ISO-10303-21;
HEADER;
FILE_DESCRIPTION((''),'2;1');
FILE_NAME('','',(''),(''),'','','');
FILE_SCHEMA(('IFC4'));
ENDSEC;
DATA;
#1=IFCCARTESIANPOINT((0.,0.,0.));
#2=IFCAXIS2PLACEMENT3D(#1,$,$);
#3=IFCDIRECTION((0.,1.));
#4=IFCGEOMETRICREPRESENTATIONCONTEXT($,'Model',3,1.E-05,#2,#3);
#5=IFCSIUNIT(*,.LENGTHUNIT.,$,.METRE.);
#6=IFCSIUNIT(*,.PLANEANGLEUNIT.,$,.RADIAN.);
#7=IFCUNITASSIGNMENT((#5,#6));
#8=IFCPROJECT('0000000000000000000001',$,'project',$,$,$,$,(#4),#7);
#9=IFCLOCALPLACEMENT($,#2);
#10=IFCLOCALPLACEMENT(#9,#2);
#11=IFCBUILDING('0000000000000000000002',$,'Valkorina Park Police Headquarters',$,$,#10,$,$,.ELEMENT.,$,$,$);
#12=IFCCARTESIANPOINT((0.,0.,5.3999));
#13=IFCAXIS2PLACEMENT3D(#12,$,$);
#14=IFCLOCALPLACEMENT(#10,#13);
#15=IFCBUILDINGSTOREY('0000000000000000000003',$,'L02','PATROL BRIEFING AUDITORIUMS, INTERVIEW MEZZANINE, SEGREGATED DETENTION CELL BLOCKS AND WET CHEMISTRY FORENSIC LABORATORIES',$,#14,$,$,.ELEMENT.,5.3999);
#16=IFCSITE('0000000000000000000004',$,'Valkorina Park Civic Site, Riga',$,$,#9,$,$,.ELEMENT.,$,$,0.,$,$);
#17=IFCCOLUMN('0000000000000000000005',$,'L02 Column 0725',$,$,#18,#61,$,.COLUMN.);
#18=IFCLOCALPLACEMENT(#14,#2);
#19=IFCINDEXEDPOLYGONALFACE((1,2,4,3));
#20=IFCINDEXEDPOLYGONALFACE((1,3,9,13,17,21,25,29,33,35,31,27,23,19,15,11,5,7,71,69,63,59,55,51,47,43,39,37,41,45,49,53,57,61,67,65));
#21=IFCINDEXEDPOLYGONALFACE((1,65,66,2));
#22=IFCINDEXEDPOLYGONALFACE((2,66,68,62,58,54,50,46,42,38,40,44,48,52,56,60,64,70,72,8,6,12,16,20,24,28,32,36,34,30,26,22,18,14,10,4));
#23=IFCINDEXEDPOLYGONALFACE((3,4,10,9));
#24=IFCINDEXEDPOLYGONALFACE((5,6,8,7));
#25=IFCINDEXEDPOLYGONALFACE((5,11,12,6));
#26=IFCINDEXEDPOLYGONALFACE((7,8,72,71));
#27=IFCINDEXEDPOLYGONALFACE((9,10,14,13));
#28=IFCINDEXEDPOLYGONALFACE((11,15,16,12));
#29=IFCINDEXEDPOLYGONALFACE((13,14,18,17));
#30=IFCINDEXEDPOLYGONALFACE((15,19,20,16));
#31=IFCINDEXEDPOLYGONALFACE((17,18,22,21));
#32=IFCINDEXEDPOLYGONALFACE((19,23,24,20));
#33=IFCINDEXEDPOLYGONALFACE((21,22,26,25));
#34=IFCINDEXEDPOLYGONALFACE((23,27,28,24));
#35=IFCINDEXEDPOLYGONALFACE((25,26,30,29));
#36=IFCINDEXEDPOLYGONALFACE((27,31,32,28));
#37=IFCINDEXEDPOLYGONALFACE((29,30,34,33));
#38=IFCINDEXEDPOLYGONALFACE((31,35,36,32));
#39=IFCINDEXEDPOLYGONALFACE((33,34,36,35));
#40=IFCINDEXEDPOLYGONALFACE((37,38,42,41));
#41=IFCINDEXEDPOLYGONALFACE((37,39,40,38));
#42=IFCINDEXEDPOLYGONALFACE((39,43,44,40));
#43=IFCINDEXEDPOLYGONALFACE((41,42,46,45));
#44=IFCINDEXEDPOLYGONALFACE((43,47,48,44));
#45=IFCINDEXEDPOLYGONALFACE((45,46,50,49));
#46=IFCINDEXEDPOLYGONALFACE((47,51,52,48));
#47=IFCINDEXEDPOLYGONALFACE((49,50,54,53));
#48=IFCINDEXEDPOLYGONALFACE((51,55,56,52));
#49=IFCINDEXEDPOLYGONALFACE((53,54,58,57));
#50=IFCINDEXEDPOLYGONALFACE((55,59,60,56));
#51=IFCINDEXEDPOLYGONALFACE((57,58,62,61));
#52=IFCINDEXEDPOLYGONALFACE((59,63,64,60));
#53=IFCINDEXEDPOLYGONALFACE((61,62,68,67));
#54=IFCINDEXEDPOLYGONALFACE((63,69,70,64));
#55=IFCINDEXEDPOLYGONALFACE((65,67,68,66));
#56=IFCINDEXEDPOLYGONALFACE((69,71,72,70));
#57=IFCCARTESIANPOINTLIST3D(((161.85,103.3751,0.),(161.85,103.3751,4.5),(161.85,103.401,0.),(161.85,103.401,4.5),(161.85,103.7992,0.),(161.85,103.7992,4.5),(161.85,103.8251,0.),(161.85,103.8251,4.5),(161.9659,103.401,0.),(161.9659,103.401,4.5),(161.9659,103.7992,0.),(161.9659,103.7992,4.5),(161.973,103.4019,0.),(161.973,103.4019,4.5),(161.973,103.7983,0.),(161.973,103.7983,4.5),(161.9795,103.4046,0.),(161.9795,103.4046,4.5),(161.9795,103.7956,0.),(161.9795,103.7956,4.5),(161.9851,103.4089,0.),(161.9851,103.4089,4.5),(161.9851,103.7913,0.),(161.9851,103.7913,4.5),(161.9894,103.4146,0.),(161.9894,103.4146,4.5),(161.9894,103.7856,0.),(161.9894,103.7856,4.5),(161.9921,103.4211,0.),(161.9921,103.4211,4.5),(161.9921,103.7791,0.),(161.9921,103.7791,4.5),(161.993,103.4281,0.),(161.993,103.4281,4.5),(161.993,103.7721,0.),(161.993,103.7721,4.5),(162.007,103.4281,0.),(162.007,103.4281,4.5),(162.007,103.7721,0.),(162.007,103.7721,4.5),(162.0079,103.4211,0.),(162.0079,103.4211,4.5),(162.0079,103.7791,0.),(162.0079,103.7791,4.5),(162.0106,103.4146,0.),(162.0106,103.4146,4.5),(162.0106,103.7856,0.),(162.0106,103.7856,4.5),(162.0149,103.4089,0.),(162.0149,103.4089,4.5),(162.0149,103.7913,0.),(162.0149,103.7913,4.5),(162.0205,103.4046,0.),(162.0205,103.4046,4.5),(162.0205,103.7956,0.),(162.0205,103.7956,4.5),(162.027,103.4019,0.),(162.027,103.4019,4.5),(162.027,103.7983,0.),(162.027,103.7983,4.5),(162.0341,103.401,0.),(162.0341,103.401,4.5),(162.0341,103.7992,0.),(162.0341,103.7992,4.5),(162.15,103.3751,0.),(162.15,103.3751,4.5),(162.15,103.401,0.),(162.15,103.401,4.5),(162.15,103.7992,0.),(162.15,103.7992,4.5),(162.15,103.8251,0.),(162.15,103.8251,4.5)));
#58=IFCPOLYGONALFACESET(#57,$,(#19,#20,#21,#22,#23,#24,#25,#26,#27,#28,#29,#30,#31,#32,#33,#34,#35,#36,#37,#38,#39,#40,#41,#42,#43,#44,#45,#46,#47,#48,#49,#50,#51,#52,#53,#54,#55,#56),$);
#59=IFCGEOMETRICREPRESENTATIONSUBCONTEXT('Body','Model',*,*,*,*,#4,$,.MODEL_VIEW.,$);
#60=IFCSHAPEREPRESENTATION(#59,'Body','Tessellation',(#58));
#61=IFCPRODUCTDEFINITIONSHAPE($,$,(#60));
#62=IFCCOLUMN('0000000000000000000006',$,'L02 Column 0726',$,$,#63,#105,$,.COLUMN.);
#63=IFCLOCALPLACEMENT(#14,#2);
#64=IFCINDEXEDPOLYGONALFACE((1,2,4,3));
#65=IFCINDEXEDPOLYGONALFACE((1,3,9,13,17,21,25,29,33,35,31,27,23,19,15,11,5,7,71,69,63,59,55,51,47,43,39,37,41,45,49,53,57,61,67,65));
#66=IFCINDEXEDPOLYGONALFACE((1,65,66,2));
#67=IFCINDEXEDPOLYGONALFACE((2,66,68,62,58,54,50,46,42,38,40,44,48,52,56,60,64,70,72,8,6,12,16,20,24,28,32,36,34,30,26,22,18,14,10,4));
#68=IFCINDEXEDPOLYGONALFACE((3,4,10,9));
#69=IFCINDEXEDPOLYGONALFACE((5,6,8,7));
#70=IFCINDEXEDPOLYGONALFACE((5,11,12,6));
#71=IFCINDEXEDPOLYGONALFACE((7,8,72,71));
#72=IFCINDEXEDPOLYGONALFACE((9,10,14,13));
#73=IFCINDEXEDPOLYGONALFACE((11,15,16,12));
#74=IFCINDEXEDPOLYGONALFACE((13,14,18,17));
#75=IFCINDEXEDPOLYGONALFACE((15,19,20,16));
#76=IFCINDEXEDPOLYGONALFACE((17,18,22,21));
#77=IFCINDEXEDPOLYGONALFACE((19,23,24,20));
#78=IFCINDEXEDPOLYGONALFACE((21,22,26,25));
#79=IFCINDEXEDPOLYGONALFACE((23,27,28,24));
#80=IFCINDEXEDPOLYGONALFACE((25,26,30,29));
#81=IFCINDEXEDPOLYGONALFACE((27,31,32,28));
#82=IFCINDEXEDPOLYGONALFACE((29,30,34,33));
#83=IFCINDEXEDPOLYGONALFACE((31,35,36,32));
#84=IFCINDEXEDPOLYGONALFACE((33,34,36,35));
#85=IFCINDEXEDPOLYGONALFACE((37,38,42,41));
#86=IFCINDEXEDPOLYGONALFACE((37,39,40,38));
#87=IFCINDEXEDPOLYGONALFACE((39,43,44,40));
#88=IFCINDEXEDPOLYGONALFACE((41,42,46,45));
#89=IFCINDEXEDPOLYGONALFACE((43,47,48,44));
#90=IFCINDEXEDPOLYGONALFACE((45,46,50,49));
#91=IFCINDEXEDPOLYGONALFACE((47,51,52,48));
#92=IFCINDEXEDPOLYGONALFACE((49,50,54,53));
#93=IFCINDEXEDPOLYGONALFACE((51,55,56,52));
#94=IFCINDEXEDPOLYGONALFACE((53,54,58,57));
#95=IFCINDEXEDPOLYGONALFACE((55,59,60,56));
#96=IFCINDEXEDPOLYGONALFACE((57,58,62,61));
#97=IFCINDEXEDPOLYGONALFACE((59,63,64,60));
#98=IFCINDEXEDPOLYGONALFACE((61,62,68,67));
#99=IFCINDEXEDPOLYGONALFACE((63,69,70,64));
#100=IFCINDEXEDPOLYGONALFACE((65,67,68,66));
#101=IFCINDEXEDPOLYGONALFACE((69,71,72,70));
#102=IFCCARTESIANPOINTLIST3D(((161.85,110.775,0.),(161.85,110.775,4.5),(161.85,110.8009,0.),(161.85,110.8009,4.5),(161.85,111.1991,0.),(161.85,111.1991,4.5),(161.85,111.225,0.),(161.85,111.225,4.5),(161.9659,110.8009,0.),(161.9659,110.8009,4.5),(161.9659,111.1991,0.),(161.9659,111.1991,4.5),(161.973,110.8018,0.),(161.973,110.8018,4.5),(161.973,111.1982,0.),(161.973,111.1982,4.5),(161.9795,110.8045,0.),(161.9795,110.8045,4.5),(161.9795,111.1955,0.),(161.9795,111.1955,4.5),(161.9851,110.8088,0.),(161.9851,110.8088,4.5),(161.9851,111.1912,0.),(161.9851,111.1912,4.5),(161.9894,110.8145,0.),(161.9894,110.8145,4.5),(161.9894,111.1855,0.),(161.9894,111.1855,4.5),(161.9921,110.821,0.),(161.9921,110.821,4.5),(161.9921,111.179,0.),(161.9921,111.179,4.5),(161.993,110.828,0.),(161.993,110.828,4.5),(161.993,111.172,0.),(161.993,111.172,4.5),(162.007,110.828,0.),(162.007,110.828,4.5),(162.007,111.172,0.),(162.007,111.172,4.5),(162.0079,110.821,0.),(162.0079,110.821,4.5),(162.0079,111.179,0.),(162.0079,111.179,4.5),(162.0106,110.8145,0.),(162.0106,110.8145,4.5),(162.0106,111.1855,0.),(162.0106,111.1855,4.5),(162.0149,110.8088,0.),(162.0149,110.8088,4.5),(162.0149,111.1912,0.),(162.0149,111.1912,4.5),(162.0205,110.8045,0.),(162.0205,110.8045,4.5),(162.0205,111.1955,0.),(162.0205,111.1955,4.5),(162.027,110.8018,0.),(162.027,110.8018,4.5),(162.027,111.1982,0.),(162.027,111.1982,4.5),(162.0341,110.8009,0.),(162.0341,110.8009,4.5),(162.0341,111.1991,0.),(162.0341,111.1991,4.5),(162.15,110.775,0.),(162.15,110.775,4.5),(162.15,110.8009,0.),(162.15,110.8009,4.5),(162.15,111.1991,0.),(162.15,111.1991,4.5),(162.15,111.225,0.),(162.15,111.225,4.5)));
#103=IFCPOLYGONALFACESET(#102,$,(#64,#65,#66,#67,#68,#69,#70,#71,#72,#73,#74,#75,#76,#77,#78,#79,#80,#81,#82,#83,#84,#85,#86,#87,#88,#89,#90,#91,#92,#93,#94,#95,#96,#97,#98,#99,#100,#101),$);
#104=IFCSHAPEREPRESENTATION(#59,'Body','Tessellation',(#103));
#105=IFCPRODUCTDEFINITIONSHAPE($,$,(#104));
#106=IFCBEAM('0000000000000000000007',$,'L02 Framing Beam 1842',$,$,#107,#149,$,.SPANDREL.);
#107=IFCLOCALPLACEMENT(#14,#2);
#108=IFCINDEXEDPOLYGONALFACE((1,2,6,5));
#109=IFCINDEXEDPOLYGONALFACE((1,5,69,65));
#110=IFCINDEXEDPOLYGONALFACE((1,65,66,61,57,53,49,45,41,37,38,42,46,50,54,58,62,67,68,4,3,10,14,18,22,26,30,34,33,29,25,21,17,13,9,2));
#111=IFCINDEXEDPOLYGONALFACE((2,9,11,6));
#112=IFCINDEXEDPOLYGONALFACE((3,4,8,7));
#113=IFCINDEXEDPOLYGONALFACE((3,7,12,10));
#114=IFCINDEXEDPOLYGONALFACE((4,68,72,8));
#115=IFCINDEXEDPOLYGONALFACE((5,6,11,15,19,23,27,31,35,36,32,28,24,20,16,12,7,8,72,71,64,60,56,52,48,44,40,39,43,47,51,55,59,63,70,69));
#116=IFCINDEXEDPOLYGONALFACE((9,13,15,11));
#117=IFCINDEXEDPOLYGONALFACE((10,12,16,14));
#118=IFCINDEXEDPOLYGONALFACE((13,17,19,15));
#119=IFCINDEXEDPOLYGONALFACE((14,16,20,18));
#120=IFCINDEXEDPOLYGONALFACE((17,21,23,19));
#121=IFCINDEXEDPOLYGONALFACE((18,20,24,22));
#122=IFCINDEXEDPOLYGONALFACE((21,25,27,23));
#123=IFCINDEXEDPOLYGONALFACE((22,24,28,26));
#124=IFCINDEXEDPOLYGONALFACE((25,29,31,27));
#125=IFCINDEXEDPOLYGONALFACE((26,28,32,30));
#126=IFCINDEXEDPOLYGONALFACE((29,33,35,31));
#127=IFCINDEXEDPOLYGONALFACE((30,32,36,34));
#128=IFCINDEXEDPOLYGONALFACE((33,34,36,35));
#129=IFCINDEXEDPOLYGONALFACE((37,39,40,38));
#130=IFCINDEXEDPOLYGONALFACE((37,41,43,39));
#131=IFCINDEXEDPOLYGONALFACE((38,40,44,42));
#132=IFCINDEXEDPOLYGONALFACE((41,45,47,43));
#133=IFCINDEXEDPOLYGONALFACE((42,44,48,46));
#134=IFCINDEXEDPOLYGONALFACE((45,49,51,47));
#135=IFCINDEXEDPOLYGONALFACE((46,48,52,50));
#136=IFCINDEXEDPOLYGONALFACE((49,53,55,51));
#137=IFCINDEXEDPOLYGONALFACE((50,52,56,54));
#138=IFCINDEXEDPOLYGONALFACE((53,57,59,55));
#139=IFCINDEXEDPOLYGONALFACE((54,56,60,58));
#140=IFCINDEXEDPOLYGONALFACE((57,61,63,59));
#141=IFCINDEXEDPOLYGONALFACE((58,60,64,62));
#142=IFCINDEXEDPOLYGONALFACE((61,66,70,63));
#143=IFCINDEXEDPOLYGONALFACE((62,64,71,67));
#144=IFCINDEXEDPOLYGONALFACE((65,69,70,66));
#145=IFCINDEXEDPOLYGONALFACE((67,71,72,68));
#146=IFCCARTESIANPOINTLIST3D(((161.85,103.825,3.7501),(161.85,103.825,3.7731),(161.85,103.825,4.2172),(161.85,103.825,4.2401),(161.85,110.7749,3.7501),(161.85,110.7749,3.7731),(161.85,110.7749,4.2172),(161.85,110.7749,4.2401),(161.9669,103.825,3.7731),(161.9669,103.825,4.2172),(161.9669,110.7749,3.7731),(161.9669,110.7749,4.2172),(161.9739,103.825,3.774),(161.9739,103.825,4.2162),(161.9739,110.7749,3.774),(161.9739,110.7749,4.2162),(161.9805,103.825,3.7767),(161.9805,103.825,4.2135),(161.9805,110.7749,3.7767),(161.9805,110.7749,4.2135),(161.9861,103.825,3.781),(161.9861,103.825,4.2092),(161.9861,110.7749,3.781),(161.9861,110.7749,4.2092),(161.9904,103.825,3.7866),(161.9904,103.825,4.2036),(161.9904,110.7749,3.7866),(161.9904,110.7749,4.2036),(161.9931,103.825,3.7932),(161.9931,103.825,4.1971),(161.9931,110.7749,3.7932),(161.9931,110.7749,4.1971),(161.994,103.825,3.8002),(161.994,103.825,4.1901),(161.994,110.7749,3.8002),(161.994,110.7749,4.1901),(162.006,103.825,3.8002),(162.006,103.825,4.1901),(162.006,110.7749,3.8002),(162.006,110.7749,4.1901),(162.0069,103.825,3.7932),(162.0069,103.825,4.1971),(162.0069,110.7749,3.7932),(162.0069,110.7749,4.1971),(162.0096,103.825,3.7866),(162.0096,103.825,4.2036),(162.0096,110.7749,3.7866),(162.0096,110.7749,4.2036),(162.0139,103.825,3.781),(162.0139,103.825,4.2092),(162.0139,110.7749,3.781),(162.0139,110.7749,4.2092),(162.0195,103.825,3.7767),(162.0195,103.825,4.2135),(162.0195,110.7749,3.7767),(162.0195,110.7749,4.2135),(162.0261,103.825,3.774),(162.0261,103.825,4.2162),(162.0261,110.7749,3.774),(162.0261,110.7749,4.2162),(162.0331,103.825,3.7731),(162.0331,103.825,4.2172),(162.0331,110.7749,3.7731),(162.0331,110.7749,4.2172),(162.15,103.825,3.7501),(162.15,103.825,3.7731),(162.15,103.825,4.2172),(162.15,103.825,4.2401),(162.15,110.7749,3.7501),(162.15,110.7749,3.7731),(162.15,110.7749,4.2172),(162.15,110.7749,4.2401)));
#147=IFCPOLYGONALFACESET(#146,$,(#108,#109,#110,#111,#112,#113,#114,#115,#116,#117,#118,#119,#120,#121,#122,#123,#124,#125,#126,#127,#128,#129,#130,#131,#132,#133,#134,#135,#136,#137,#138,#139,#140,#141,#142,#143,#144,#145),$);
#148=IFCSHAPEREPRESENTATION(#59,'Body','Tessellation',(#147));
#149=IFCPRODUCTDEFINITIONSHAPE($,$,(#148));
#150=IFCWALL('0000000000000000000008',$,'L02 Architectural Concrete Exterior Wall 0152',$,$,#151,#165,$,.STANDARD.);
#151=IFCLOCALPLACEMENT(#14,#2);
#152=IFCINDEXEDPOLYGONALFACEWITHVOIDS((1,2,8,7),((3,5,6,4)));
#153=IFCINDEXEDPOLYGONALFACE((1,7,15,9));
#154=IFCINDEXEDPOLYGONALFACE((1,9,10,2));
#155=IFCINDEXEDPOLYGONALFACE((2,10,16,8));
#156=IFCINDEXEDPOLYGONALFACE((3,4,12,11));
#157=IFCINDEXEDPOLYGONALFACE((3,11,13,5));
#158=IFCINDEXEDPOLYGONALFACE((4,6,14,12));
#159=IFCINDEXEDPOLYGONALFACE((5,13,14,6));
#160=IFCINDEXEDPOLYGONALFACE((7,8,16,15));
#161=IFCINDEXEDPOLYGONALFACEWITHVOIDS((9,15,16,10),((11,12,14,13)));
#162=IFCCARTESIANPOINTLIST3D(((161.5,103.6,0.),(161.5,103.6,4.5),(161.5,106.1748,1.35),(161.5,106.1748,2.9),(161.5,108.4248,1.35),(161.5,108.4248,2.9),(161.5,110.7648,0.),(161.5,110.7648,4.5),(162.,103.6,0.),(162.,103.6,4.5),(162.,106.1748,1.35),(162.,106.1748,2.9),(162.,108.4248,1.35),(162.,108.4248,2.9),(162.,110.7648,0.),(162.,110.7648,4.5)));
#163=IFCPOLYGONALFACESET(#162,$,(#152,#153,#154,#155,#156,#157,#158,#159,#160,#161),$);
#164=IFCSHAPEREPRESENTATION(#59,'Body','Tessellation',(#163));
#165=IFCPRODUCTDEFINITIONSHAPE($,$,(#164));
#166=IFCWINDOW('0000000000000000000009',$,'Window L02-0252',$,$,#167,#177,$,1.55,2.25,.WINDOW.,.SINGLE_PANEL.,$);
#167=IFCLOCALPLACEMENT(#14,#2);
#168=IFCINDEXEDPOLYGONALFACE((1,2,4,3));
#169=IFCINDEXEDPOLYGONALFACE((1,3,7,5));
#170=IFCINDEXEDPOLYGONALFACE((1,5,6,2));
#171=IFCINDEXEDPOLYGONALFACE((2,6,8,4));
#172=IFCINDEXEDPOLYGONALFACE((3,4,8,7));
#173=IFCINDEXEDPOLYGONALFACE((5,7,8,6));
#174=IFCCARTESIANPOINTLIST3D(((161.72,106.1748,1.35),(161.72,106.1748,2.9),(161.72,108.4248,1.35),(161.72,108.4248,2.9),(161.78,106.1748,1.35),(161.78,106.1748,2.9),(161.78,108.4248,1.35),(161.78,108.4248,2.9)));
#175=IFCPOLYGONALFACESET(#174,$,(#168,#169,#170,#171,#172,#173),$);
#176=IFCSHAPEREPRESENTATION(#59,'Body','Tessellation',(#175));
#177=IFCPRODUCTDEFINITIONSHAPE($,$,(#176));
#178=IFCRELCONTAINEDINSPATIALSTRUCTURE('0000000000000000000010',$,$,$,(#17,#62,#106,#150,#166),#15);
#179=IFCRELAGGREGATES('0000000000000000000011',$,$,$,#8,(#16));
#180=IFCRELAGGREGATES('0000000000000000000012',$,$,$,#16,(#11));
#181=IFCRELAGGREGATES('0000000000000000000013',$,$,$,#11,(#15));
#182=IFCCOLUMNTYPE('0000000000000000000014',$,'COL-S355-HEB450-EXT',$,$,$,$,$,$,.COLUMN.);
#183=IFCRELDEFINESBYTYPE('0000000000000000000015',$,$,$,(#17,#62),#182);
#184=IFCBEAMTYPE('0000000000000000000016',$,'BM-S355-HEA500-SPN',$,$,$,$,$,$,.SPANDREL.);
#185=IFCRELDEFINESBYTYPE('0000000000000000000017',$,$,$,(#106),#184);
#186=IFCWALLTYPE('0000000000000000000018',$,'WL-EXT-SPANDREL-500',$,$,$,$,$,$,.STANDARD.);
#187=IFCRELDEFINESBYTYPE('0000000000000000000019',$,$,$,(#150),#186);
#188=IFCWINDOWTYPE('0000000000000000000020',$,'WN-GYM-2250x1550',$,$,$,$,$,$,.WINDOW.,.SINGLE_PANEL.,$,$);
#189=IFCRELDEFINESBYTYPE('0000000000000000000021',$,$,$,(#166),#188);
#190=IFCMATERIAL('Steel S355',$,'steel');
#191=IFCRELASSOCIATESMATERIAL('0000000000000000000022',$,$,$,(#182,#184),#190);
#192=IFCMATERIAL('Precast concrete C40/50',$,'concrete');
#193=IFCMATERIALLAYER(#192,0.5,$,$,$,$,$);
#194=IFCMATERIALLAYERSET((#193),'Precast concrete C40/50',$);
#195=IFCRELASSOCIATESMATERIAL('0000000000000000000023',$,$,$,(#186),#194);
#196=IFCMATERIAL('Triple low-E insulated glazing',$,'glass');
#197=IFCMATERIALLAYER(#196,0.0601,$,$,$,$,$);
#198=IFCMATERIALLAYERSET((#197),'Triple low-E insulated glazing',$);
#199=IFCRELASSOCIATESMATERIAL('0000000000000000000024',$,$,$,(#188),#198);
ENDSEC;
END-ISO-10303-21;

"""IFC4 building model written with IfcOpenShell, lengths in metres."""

from ifc_helpers import new_model, si_unit, direction, frame, frame_2d, origin, origin_2d, place, context, subcontext, project, spatial, rectangle, i_section, extrude, material, layer, layer_set, material_profile, profile_set, type_object, element, fill, save


model = new_model("IFC4")

# Units and contexts
model_context = context("Model", 3, precision=1e-05, world=origin(), true_north=direction((0.0, 1.0)))
body_context = subcontext(model_context, "Body", "Model", "MODEL_VIEW")
ifc_project = project(units=[si_unit("LENGTHUNIT", "METRE"), si_unit("PLANEANGLEUNIT", "RADIAN")], contexts=[model_context])

# Site, building, storey
site_placement = place(None, origin())
site = spatial("IfcSite", under=ifc_project, at=site_placement, Name="Valkorina Park Civic Site, Riga", CompositionType="ELEMENT", RefElevation=0.0)
building_placement = place(site_placement, origin())
building = spatial("IfcBuilding", under=site, at=building_placement, Name="Valkorina Park Police Headquarters", CompositionType="ELEMENT")
storey_placement = place(building_placement, frame((0.0, 0.0, 5.3999)))
storey = spatial("IfcBuildingStorey", under=building, at=storey_placement, Name="L02", Description="PATROL BRIEFING AUDITORIUMS, INTERVIEW MEZZANINE, SEGREGATED DETENTION CELL BLOCKS AND WET CHEMISTRY FORENSIC LABORATORIES", CompositionType="ELEMENT", Elevation=5.3999)

# Columns
ifc_material_1 = material(Name="Steel S355", Category="steel")
ifc_material_profile_1 = material_profile(ifc_material_1, i_section(OverallWidth=0.3, OverallDepth=0.45, WebThickness=0.0139, FlangeThickness=0.0259, FilletRadius=0.0271, at=origin_2d()), Name="HEB 450")
ifc_profile_set_1 = profile_set([ifc_material_profile_1], Name="Steel S355")
column_type = type_object("IfcColumnType", Name="COL-S355-HEB450-EXT", PredefinedType="COLUMN", material=ifc_profile_set_1)
for number, where, z_axis, x_axis, name in (
    (1, (162.0, 103.6001, 0.0), (0.0, 0.0, 1.0), (1.0, 0.0, 0.0), "L02 Column 0725"),
    (2, (162.0, 111.0, 0.0), (0.0, 0.0, 1.0), (1.0, 0.0, 0.0), "L02 Column 0726"),
):
    element("IfcColumn", number, at=place(storey_placement, frame(where, z_axis=z_axis, x_axis=x_axis)), inside=storey, type_object=column_type, Name=name, PredefinedType="COLUMN", context=body_context, shape_type="SweptSolid", body=[
        extrude(i_section(OverallWidth=0.3, OverallDepth=0.45, WebThickness=0.0139, FlangeThickness=0.0259, FilletRadius=0.0271, at=origin_2d()), origin(), (0.0, 0.0, 1.0), 4.5),
    ])

# Beam
ifc_material_profile_2 = material_profile(ifc_material_1, i_section(OverallWidth=0.3, OverallDepth=0.49, WebThickness=0.012, FlangeThickness=0.0229, FilletRadius=0.0271, at=origin_2d()), Name="HEA 500")
ifc_profile_set_2 = profile_set([ifc_material_profile_2], Name="Steel S355")
beam_type = type_object("IfcBeamType", Name="BM-S355-HEA500-SPN", PredefinedType="SPANDREL", material=ifc_profile_set_2)
beam_placement = place(storey_placement, frame((162.0, 103.825, 3.9951), z_axis=(0.0, 1.0, 0.0), x_axis=(-1.0, 0.0, 0.0)))
element("IfcBeam", 3, at=beam_placement, inside=storey, type_object=beam_type, Name="L02 Framing Beam 1842", PredefinedType="SPANDREL", context=body_context, shape_type="SweptSolid", body=[
    extrude(i_section(OverallWidth=0.3, OverallDepth=0.49, WebThickness=0.012, FlangeThickness=0.0229, FilletRadius=0.0271, at=origin_2d()), origin(), (0.0, 0.0, 1.0), 6.95),
])

# Wall, opening, window
ifc_material_2 = material(Name="Precast concrete C40/50", Category="concrete")
ifc_layer_1 = layer(ifc_material_2, 0.5)
ifc_layer_set_1 = layer_set([ifc_layer_1], Name="Precast concrete C40/50")
wall_type = type_object("IfcWallType", Name="WL-EXT-SPANDREL-500", PredefinedType="STANDARD", material=ifc_layer_set_1)
wall_1_placement = place(storey_placement, frame((161.75, 110.7649, 0.0), z_axis=(0.0, 0.0, 1.0), x_axis=(0.0, -1.0, 0.0)))
wall_1 = element("IfcWall", 4, at=wall_1_placement, inside=storey, type_object=wall_type, Name="L02 Architectural Concrete Exterior Wall 0152", PredefinedType="STANDARD", context=body_context, shape_type="SweptSolid", body=[
    extrude(rectangle(XDim=7.1648, YDim=0.5, at=frame_2d((3.5825, 0.0))), origin(), (0.0, 0.0, 1.0), 4.5),
])
opening_1_placement = place(wall_1_placement, frame((2.3401, 0.0, 1.3501)))
opening_1 = element("IfcOpeningElement", 5, at=opening_1_placement, cuts=wall_1, PredefinedType="OPENING", context=body_context, shape_type="SweptSolid", body=[
    extrude(rectangle(XDim=2.25, YDim=1.55, at=frame_2d((1.125, 0.7749))), frame((0.0, 0.26, 0.0), z_axis=(0.0, -1.0, 0.0), x_axis=(1.0, 0.0, 0.0)), (0.0, 0.0, 1.0), 0.52),
])
ifc_material_3 = material(Name="Triple low-E insulated glazing", Category="glass")
ifc_layer_2 = layer(ifc_material_3, 0.0601)
ifc_layer_set_2 = layer_set([ifc_layer_2], Name="Triple low-E insulated glazing")
window_type_1 = type_object("IfcWindowType", Name="WN-GYM-2250x1550", PartitioningType="SINGLE_PANEL", PredefinedType="WINDOW", material=ifc_layer_set_2)
window_1_placement = place(opening_1_placement, origin())
window_1 = element("IfcWindow", 6, at=window_1_placement, inside=storey, type_object=window_type_1, Name="Window L02-0252", OverallHeight=1.55, OverallWidth=2.25, PartitioningType="SINGLE_PANEL", PredefinedType="WINDOW", context=body_context, shape_type="SweptSolid", body=[
    extrude(rectangle(XDim=2.25, YDim=1.55, at=frame_2d((1.125, 0.7749))), frame((0.0, 0.03, 0.0), z_axis=(0.0, -1.0, 0.0), x_axis=(1.0, 0.0, 0.0)), (0.0, 0.0, 1.0), 0.0601),
])
fill(opening_1, window_1)

save(model, "model.ifc")
